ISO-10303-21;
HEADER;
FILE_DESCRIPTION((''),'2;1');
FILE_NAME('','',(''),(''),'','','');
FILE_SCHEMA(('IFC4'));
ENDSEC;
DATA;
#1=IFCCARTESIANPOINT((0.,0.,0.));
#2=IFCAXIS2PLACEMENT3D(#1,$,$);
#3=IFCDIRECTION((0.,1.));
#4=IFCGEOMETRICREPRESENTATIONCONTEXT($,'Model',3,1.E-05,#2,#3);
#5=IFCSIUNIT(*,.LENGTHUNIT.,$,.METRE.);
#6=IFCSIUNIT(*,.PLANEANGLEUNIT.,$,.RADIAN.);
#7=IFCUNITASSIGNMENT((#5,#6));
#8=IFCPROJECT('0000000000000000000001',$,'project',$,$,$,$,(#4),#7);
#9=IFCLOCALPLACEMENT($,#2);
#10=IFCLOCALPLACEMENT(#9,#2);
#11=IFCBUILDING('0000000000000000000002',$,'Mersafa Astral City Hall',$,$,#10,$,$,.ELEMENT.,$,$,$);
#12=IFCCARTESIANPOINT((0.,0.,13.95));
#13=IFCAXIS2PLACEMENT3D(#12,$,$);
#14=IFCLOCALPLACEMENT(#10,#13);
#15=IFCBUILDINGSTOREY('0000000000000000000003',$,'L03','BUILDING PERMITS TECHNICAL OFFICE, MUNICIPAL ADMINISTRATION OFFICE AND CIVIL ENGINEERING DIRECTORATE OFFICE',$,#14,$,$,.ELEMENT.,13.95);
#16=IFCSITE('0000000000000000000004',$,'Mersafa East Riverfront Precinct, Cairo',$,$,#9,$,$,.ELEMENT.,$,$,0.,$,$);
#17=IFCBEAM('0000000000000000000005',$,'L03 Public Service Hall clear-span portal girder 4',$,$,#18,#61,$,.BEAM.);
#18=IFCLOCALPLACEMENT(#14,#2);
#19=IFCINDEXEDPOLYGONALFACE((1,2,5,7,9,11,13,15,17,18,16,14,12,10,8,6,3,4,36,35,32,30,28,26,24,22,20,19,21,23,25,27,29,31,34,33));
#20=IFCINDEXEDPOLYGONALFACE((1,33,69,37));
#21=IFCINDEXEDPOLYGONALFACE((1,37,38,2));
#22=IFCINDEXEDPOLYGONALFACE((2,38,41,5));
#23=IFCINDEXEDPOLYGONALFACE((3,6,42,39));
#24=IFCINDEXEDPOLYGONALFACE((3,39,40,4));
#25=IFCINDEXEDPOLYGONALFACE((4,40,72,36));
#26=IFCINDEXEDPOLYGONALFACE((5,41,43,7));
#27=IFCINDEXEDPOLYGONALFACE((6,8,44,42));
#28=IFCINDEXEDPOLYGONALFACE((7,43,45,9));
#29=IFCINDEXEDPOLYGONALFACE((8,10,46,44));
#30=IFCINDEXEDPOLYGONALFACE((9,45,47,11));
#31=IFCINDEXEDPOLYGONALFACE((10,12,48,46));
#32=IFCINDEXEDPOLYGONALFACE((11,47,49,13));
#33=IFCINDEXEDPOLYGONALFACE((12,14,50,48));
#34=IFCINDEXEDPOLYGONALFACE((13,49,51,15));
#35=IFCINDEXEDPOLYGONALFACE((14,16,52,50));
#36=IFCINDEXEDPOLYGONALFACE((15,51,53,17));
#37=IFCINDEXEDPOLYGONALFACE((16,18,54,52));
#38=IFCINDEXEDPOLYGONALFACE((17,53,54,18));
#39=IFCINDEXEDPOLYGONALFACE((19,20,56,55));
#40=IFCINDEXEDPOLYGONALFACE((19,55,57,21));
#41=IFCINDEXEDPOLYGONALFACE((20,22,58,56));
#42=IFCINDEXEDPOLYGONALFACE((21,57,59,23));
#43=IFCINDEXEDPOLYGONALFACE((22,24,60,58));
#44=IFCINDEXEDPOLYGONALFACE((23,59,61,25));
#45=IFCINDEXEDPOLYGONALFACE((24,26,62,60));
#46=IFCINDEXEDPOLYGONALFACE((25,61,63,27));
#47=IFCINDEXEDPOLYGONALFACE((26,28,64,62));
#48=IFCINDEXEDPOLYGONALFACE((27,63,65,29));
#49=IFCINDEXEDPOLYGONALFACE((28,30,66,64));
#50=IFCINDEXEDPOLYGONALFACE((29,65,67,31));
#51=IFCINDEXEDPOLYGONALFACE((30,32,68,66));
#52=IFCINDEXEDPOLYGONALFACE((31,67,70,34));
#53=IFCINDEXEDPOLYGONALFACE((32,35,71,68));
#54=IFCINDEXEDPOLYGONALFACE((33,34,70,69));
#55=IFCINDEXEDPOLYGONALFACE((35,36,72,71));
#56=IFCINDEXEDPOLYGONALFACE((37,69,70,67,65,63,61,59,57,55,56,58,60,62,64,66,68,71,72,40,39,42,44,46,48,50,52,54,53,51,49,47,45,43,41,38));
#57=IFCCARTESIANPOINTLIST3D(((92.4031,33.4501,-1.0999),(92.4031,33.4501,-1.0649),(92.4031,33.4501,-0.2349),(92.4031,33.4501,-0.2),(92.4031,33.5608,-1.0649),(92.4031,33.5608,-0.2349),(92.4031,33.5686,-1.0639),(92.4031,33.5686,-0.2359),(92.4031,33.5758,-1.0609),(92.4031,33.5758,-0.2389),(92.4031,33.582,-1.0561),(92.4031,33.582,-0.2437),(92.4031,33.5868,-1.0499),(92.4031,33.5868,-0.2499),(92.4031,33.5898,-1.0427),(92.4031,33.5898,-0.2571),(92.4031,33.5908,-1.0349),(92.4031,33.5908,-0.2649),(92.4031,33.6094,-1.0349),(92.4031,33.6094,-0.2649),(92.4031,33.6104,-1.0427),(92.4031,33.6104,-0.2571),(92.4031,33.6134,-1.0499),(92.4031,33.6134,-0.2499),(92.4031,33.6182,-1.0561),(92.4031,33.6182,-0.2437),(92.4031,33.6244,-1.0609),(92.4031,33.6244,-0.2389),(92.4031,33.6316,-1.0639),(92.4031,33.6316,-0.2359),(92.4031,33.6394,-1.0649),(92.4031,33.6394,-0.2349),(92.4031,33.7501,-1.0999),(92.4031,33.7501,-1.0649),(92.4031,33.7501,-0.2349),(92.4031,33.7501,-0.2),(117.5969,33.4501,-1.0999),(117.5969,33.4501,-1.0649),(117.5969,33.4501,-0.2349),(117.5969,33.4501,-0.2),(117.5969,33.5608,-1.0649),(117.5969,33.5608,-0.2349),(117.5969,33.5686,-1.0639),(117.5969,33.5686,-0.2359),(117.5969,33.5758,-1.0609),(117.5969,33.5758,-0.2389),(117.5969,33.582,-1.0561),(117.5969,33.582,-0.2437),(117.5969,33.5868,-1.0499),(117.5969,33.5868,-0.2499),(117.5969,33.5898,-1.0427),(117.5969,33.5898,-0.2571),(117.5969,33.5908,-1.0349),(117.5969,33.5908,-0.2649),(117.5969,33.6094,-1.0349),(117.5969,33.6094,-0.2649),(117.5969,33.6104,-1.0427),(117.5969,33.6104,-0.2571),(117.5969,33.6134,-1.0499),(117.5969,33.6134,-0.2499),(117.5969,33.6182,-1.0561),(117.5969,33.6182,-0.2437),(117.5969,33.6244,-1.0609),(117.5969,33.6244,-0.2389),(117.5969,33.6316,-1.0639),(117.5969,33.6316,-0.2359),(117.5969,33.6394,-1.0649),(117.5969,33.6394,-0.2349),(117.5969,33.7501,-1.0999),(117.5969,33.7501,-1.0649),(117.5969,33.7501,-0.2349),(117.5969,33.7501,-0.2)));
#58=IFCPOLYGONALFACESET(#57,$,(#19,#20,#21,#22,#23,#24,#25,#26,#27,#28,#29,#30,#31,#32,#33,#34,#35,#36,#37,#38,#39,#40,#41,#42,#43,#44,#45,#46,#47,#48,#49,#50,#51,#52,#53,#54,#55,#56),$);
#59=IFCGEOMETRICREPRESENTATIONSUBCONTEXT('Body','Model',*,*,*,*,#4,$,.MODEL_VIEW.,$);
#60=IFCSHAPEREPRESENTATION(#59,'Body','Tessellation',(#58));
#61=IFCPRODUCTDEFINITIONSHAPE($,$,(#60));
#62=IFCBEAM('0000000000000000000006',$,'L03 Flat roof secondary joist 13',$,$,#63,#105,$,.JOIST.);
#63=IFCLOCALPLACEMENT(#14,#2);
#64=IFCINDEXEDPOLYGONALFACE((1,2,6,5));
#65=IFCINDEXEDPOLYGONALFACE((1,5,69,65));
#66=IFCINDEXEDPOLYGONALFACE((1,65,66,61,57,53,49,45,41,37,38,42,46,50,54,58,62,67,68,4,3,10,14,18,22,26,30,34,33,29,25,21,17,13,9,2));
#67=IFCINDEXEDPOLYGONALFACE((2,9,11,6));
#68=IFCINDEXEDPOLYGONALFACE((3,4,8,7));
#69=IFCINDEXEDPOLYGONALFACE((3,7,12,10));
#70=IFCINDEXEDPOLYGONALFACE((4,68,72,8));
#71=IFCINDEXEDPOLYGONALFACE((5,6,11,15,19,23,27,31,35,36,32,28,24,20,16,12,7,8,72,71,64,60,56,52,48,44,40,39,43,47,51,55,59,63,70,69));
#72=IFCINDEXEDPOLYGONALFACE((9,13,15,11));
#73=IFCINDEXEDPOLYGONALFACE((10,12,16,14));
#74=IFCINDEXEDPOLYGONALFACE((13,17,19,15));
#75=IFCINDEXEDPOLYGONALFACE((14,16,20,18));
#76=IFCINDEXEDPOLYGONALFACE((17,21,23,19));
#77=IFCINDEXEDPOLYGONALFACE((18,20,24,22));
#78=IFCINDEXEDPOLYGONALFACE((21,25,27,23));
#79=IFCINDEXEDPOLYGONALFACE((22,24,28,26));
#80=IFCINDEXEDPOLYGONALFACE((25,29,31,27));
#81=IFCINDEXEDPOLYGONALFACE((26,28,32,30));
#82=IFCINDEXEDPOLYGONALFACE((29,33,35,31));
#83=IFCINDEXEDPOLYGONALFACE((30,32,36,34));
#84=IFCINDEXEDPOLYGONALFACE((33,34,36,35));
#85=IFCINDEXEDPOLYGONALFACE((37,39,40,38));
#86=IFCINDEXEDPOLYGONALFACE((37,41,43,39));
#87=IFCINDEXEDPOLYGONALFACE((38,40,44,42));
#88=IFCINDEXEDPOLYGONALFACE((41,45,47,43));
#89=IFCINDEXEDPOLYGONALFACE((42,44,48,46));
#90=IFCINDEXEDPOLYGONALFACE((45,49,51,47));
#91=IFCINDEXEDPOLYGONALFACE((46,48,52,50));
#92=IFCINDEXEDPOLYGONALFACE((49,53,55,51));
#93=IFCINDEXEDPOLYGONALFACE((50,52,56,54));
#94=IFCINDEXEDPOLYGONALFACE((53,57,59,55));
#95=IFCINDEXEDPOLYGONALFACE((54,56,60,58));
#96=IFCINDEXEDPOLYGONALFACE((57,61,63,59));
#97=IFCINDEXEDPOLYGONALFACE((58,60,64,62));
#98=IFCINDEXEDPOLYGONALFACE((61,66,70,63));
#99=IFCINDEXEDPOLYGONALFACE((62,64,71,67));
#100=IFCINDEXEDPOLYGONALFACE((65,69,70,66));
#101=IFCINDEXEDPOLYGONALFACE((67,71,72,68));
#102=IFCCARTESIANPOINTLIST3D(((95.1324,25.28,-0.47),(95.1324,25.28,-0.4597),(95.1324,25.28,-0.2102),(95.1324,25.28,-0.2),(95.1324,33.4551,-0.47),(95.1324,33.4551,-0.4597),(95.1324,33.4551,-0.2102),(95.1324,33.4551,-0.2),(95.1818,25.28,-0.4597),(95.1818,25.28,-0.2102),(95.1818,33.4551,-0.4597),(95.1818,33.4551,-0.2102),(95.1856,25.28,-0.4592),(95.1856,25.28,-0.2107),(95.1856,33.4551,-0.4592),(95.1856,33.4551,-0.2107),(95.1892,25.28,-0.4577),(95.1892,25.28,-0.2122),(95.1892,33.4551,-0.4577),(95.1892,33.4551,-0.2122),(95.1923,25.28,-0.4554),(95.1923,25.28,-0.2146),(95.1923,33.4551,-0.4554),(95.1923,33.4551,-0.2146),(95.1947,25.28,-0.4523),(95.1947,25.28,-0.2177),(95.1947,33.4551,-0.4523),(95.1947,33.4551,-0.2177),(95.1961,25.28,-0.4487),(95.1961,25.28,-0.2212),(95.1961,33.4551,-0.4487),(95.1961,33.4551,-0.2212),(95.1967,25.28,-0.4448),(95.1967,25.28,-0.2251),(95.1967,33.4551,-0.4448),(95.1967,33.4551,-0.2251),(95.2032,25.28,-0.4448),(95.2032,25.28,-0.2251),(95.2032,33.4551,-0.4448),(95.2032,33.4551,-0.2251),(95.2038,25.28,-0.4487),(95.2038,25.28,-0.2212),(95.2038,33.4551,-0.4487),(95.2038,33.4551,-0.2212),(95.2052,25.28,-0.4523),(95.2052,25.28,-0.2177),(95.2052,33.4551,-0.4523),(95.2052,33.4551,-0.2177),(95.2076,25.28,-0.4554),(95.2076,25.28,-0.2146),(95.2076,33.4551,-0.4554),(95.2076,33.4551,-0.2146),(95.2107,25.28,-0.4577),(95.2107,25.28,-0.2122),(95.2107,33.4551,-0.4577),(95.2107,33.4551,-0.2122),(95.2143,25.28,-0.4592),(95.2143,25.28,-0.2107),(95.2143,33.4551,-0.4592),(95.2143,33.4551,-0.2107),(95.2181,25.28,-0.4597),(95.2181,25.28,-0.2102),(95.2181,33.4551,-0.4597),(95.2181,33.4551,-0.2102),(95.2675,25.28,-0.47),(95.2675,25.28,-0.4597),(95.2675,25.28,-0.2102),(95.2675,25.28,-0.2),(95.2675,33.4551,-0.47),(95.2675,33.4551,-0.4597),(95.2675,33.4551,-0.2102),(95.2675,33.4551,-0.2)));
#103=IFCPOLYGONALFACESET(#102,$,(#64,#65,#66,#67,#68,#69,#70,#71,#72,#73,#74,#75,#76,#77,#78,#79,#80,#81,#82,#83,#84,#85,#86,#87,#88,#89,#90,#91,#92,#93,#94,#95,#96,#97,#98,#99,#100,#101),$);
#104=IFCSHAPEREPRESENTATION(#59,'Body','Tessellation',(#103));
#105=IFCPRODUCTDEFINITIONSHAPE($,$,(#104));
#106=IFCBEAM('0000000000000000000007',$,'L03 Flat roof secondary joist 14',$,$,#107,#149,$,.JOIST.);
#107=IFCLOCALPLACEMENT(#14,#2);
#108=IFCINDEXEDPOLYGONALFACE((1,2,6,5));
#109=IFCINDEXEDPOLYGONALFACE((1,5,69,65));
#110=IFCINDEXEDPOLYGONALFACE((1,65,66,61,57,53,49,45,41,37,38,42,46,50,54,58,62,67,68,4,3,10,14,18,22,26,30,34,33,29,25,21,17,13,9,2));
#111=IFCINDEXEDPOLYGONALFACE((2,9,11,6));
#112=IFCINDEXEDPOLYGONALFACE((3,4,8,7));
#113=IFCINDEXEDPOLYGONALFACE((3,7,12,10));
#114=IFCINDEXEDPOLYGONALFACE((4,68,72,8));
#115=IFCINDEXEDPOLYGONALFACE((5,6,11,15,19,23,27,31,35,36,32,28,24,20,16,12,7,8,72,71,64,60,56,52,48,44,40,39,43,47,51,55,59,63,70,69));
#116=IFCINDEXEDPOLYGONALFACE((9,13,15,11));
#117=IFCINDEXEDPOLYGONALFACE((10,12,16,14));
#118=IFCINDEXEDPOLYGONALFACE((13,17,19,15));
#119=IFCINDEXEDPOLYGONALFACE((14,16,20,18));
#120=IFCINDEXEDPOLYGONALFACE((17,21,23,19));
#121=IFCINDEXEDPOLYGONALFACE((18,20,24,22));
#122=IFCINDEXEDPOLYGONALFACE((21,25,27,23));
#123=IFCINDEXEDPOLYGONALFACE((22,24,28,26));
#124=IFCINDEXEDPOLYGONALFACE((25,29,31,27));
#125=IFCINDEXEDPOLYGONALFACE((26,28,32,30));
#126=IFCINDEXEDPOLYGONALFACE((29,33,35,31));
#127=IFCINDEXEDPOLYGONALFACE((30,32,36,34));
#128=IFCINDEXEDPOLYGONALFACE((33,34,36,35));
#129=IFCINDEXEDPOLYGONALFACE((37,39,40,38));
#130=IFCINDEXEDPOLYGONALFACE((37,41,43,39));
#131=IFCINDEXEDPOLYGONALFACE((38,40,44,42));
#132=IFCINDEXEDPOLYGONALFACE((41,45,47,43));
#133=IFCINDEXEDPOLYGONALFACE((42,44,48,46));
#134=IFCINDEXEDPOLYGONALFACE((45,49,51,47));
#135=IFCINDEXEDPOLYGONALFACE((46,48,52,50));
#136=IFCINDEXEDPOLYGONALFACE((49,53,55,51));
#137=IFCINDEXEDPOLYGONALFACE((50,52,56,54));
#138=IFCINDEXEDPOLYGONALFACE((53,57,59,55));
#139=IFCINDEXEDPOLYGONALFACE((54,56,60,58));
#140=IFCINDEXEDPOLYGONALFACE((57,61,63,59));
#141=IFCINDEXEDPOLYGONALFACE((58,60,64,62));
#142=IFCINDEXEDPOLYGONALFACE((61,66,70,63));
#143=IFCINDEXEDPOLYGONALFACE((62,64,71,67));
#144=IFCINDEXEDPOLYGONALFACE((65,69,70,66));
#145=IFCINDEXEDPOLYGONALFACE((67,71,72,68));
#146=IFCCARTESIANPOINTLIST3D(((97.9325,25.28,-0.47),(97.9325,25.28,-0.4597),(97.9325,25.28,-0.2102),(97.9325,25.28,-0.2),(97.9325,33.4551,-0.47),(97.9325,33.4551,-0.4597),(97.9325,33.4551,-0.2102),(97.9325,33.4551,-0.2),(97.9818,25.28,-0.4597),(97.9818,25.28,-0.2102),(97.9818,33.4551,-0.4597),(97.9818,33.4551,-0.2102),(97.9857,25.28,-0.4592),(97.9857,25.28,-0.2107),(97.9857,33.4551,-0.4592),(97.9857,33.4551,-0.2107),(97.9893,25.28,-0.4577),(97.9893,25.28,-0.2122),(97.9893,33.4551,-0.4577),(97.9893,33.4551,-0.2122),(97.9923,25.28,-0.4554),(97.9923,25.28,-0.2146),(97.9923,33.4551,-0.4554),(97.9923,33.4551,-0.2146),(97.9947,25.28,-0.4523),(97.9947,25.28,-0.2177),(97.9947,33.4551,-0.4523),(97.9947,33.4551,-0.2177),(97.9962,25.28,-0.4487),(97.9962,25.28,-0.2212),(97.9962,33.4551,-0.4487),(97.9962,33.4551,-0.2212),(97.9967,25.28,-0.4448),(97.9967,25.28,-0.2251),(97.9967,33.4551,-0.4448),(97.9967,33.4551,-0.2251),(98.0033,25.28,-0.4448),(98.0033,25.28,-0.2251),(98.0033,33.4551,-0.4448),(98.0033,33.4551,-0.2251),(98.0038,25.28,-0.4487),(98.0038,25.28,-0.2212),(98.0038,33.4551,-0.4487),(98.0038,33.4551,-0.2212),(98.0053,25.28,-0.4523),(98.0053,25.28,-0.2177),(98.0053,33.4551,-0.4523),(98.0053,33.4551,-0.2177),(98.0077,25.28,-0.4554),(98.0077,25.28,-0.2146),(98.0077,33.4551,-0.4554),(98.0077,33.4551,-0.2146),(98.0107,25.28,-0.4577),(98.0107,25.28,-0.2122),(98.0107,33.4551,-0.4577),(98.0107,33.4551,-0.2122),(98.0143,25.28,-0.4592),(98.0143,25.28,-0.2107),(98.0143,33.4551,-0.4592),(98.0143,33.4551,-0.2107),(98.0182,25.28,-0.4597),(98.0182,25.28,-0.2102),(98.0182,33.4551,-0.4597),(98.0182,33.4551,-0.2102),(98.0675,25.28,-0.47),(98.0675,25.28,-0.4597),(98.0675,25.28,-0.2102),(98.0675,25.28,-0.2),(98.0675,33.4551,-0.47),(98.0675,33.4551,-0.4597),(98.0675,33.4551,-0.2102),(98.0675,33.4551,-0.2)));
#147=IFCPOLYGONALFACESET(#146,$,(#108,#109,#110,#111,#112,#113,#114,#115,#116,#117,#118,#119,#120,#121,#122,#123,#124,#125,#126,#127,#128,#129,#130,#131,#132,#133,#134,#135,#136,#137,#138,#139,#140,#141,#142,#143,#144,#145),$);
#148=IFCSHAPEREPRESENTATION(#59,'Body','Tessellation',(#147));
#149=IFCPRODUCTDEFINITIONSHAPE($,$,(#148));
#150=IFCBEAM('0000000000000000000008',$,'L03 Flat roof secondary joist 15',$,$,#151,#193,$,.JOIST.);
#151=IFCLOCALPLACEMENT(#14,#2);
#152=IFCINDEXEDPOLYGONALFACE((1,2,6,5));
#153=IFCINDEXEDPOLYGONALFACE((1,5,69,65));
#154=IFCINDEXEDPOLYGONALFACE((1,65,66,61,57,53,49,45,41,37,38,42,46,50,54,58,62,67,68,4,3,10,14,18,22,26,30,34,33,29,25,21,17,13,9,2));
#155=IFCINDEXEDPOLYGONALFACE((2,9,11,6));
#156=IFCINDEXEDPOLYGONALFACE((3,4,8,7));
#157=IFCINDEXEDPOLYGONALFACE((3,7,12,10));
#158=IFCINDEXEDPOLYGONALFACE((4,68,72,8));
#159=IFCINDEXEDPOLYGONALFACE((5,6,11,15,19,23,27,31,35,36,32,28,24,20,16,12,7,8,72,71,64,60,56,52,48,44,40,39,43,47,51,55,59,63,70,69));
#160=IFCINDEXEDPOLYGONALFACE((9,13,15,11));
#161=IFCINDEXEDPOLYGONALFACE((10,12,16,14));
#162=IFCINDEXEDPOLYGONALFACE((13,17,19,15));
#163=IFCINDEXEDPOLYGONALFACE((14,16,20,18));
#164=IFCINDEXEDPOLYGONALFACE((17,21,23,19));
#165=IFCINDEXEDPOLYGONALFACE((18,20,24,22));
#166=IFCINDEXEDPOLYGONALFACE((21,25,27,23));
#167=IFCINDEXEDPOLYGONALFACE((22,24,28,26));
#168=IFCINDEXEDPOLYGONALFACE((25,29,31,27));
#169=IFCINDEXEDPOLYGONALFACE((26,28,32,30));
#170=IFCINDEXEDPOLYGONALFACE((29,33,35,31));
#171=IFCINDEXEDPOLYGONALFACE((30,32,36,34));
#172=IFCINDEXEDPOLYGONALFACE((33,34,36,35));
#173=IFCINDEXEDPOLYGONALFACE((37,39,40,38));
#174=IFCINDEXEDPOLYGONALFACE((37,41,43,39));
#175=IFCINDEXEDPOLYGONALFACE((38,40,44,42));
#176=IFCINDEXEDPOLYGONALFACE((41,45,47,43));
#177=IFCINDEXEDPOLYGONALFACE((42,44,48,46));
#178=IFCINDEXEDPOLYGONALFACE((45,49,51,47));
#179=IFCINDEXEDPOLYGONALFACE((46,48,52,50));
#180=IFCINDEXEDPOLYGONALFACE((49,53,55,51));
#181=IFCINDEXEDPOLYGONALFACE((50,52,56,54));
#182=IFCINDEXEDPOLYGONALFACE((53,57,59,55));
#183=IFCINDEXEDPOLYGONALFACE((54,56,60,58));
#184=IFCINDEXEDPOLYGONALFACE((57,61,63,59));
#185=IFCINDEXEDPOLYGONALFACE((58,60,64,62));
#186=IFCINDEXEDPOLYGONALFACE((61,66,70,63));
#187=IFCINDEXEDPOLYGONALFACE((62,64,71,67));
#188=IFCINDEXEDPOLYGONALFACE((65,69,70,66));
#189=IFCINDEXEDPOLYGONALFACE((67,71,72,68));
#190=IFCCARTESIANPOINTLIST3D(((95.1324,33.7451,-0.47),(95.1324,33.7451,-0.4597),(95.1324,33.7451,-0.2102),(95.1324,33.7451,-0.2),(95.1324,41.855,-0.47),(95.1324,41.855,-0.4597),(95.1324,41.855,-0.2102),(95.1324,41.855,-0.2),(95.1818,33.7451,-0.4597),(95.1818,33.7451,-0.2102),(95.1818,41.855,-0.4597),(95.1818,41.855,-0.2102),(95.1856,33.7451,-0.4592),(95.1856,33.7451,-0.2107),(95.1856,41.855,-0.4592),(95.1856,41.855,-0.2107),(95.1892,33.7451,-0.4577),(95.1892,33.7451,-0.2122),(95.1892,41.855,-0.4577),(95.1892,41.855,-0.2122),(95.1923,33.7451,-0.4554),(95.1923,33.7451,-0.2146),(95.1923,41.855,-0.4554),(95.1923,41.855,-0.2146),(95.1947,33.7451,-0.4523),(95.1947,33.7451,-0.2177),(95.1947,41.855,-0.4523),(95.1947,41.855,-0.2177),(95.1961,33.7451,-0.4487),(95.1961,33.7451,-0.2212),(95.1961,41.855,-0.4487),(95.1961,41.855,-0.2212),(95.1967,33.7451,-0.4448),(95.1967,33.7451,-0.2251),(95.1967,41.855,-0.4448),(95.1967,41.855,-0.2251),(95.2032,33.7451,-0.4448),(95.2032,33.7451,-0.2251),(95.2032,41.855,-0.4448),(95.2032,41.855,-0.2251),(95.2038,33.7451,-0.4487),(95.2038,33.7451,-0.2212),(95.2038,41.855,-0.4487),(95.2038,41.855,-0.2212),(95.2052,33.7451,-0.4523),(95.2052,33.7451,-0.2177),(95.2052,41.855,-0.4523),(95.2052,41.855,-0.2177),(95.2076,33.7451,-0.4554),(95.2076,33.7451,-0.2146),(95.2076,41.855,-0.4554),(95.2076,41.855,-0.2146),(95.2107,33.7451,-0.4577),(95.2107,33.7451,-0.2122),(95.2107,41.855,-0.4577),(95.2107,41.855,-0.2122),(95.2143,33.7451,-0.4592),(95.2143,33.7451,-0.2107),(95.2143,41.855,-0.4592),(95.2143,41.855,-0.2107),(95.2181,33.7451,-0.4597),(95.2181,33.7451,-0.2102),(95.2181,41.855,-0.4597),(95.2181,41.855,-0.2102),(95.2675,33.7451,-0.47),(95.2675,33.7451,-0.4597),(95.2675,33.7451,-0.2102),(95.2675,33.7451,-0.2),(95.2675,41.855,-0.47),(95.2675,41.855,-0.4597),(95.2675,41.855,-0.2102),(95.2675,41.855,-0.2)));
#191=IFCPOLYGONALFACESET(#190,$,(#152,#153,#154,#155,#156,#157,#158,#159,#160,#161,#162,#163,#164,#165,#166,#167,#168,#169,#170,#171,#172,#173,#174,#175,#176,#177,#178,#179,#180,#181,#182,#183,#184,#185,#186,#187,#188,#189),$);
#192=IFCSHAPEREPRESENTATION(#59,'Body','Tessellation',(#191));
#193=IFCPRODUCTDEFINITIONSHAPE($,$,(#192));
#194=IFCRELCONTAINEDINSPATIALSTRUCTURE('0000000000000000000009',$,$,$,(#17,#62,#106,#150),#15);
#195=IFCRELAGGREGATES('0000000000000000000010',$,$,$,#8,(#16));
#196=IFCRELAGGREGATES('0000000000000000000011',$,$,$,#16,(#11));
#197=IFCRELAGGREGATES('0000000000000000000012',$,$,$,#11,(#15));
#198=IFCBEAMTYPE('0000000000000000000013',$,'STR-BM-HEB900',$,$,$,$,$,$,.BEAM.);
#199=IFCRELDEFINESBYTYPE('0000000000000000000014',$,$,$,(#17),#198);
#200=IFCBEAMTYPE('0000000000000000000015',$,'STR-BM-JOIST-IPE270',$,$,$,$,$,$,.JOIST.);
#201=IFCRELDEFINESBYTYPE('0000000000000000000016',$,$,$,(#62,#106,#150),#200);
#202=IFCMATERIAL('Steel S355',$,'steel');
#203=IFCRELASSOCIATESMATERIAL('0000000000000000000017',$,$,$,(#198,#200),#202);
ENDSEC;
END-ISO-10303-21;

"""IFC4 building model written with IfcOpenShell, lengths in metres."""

from ifc_helpers import new_model, si_unit, direction, frame, origin, origin_2d, place, context, subcontext, project, spatial, i_section, extrude, material, material_profile, profile_set, type_object, element, save


model = new_model("IFC4")

# Units and contexts
model_context = context("Model", 3, precision=1e-05, world=origin(), true_north=direction((0.0, 1.0)))
body_context = subcontext(model_context, "Body", "Model", "MODEL_VIEW")
ifc_project = project(units=[si_unit("LENGTHUNIT", "METRE"), si_unit("PLANEANGLEUNIT", "RADIAN")], contexts=[model_context])

# Site, building, storey
site_placement = place(None, origin())
site = spatial("IfcSite", under=ifc_project, at=site_placement, Name="Mersafa East Riverfront Precinct, Cairo", CompositionType="ELEMENT", RefElevation=0.0)
building_placement = place(site_placement, origin())
building = spatial("IfcBuilding", under=site, at=building_placement, Name="Mersafa Astral City Hall", CompositionType="ELEMENT")
storey_placement = place(building_placement, frame((0.0, 0.0, 13.95)))
storey = spatial("IfcBuildingStorey", under=building, at=storey_placement, Name="L03", Description="BUILDING PERMITS TECHNICAL OFFICE, MUNICIPAL ADMINISTRATION OFFICE AND CIVIL ENGINEERING DIRECTORATE OFFICE", CompositionType="ELEMENT", Elevation=13.95)

# Beams
ifc_material_1 = material(Name="Steel S355", Category="steel")
ifc_material_profile_1 = material_profile(ifc_material_1, i_section(OverallWidth=0.3, OverallDepth=0.8999, WebThickness=0.0186, FlangeThickness=0.0349, FilletRadius=0.03, at=origin_2d()), Name="HEB 900")
ifc_profile_set_1 = profile_set([ifc_material_profile_1], Name="Steel S355")
beam_type_1 = type_object("IfcBeamType", Name="STR-BM-HEB900", PredefinedType="BEAM", material=ifc_profile_set_1)
beam_1_placement = place(storey_placement, frame((92.4031, 33.6001, -0.6499), z_axis=(1.0, 0.0, 0.0), x_axis=(0.0, 1.0, 0.0)))
element("IfcBeam", 1, at=beam_1_placement, inside=storey, type_object=beam_type_1, Name="L03 Public Service Hall clear-span portal girder 4", PredefinedType="BEAM", context=body_context, shape_type="SweptSolid", body=[
    extrude(i_section(OverallWidth=0.3, OverallDepth=0.8999, WebThickness=0.0186, FlangeThickness=0.0349, FilletRadius=0.03, at=origin_2d()), origin(), (0.0, 0.0, 1.0), 25.1938),
])
ifc_material_profile_2 = material_profile(ifc_material_1, i_section(OverallWidth=0.135, OverallDepth=0.27, WebThickness=0.0066, FlangeThickness=0.0103, FilletRadius=0.0149, at=origin_2d()), Name="IPE 270")
ifc_profile_set_2 = profile_set([ifc_material_profile_2], Name="Steel S355")
beam_type_2 = type_object("IfcBeamType", Name="STR-BM-JOIST-IPE270", PredefinedType="JOIST", material=ifc_profile_set_2)
for number, where, z_axis, x_axis, name in (
    (2, (95.2, 25.28, -0.335), (0.0, 1.0, 0.0), (-1.0, 0.0, 0.0), "L03 Flat roof secondary joist 13"),
    (3, (98.0, 25.28, -0.335), (0.0, 1.0, 0.0), (-1.0, 0.0, 0.0), "L03 Flat roof secondary joist 14"),
):
    element("IfcBeam", number, at=place(storey_placement, frame(where, z_axis=z_axis, x_axis=x_axis)), inside=storey, type_object=beam_type_2, Name=name, PredefinedType="JOIST", context=body_context, shape_type="SweptSolid", body=[
        extrude(i_section(OverallWidth=0.135, OverallDepth=0.27, WebThickness=0.0066, FlangeThickness=0.0103, FilletRadius=0.0149, at=origin_2d()), origin(), (0.0, 0.0, 1.0), 8.175),
    ])
for number, where, z_axis, x_axis, name in (
    (4, (95.2, 33.7451, -0.335), (0.0, 1.0, 0.0), (-1.0, 0.0, 0.0), "L03 Flat roof secondary joist 15"),
):
    element("IfcBeam", number, at=place(storey_placement, frame(where, z_axis=z_axis, x_axis=x_axis)), inside=storey, type_object=beam_type_2, Name=name, PredefinedType="JOIST", context=body_context, shape_type="SweptSolid", body=[
        extrude(i_section(OverallWidth=0.135, OverallDepth=0.27, WebThickness=0.0066, FlangeThickness=0.0103, FilletRadius=0.0149, at=origin_2d()), origin(), (0.0, 0.0, 1.0), 8.1099),
    ])

save(model, "model.ifc")
